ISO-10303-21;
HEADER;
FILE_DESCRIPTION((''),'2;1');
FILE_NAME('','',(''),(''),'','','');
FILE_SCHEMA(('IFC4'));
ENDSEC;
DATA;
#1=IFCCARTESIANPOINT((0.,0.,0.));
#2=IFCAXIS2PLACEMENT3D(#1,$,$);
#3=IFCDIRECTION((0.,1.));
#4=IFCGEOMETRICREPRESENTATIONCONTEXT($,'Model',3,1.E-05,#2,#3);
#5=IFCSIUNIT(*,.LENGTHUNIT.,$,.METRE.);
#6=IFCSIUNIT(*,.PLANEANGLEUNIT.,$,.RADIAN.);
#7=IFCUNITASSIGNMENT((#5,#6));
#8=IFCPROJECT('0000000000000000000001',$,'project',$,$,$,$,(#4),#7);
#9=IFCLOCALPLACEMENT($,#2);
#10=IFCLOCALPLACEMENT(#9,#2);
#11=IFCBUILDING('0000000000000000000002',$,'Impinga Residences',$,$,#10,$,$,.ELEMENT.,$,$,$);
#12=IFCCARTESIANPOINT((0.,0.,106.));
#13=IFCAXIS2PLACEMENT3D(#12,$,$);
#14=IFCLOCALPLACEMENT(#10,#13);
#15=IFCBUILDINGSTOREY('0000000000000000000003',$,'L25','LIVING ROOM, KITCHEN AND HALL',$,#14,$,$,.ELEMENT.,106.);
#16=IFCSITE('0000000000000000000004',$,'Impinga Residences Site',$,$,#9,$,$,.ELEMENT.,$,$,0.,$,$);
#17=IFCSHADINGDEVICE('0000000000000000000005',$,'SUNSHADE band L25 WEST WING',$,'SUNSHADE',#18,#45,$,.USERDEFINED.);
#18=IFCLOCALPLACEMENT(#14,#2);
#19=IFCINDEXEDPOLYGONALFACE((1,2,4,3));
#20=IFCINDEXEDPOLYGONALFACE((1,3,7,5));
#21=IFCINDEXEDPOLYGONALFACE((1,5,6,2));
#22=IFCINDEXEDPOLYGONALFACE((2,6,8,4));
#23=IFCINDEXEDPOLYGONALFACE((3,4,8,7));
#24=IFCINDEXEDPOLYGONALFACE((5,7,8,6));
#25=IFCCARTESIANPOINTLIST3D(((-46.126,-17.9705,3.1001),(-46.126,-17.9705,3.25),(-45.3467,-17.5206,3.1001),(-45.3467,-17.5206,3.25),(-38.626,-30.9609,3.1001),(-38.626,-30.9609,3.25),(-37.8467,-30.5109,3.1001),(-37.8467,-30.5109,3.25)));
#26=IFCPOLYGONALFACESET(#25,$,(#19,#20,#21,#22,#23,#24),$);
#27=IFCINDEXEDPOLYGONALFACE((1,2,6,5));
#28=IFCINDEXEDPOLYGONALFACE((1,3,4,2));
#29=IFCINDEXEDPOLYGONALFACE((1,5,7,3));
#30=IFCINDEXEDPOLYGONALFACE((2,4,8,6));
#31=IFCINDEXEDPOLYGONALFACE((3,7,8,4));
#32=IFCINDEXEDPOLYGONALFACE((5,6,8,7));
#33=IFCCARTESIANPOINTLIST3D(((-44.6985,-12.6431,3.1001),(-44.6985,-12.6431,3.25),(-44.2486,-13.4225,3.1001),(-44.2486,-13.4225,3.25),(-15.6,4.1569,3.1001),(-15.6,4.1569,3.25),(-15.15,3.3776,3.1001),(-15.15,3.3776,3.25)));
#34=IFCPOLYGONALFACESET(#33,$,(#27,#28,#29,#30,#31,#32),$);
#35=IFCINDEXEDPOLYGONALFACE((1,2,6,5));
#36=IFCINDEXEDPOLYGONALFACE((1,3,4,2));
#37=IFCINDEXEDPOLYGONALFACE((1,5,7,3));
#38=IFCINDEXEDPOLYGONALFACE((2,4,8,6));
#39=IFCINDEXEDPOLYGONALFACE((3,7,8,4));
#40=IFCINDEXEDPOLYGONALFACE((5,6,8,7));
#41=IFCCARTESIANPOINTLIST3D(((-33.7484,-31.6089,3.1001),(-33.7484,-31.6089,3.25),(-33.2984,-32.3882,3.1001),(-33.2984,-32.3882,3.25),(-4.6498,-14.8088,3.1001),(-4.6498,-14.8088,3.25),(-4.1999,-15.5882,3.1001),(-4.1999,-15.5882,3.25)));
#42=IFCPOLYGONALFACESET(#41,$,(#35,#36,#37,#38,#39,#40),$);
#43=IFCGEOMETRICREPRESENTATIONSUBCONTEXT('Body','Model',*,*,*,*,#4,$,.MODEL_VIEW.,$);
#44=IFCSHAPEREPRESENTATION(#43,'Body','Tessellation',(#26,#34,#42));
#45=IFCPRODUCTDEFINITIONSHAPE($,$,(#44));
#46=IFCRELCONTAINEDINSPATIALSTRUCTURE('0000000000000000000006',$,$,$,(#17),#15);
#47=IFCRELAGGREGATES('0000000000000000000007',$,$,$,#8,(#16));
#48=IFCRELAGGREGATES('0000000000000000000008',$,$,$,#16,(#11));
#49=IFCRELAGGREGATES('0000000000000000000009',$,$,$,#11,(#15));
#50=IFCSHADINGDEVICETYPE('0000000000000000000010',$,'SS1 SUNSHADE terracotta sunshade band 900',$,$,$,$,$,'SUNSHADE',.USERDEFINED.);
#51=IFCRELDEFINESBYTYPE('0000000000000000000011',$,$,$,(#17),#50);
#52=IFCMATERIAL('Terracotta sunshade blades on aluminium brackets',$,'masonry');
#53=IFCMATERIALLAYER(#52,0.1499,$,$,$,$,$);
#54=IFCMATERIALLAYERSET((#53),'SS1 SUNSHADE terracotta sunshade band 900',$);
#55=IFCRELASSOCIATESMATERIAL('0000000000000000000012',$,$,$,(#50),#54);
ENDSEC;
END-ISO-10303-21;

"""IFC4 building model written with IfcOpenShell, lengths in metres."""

from ifc_helpers import new_model, si_unit, direction, frame, origin, origin_2d, place, context, subcontext, project, spatial, rectangle, extrude, material, layer, layer_set, type_object, element, save


model = new_model("IFC4")

# Units and contexts
model_context = context("Model", 3, precision=1e-05, world=origin(), true_north=direction((0.0, 1.0)))
body_context = subcontext(model_context, "Body", "Model", "MODEL_VIEW")
ifc_project = project(units=[si_unit("LENGTHUNIT", "METRE"), si_unit("PLANEANGLEUNIT", "RADIAN")], contexts=[model_context])

# Site, building, storey
site_placement = place(None, origin())
site = spatial("IfcSite", under=ifc_project, at=site_placement, Name="Impinga Residences Site", CompositionType="ELEMENT", RefElevation=0.0)
building_placement = place(site_placement, origin())
building = spatial("IfcBuilding", under=site, at=building_placement, Name="Impinga Residences", CompositionType="ELEMENT")
storey_placement = place(building_placement, frame((0.0, 0.0, 106.0)))
storey = spatial("IfcBuildingStorey", under=building, at=storey_placement, Name="L25", Description="LIVING ROOM, KITCHEN AND HALL", CompositionType="ELEMENT", Elevation=106.0)

# Shading device
ifc_material_1 = material(Name="Terracotta sunshade blades on aluminium brackets", Category="masonry")
ifc_layer_1 = layer(ifc_material_1, 0.1499)
ifc_layer_set_1 = layer_set([ifc_layer_1], Name="SS1 SUNSHADE terracotta sunshade band 900")
shading_device_type = type_object("IfcShadingDeviceType", Name="SS1 SUNSHADE terracotta sunshade band 900", ElementType="SUNSHADE", PredefinedType="USERDEFINED", material=ifc_layer_set_1)
shading_device_placement = place(storey_placement, frame((-41.9863, -24.2407, 3.1001), z_axis=(0.0, 0.0, 1.0), x_axis=(-0.5, 0.866025, 0.0)))
element("IfcShadingDevice", 1, at=shading_device_placement, inside=storey, type_object=shading_device_type, Name="SUNSHADE band L25 WEST WING", ObjectType="SUNSHADE", PredefinedType="USERDEFINED", context=body_context, shape_type="SweptSolid", body=[
    extrude(rectangle(XDim=15.0, YDim=0.8999, at=origin_2d()), origin(), (0.0, 0.0, 1.0), 0.1499),
    extrude(rectangle(XDim=33.6001, YDim=0.8999, at=origin_2d()), frame((10.95, -20.25, 0.0), z_axis=(0.0, 0.0, 1.0), x_axis=(0.0, -1.0, 0.0)), (0.0, 0.0, 1.0), 0.1499),
    extrude(rectangle(XDim=33.6001, YDim=0.8999, at=origin_2d()), frame((-10.95, -20.2502, 0.0), z_axis=(0.0, 0.0, 1.0), x_axis=(0.0, 1.0, 0.0)), (0.0, 0.0, 1.0), 0.1499),
])

save(model, "model.ifc")
